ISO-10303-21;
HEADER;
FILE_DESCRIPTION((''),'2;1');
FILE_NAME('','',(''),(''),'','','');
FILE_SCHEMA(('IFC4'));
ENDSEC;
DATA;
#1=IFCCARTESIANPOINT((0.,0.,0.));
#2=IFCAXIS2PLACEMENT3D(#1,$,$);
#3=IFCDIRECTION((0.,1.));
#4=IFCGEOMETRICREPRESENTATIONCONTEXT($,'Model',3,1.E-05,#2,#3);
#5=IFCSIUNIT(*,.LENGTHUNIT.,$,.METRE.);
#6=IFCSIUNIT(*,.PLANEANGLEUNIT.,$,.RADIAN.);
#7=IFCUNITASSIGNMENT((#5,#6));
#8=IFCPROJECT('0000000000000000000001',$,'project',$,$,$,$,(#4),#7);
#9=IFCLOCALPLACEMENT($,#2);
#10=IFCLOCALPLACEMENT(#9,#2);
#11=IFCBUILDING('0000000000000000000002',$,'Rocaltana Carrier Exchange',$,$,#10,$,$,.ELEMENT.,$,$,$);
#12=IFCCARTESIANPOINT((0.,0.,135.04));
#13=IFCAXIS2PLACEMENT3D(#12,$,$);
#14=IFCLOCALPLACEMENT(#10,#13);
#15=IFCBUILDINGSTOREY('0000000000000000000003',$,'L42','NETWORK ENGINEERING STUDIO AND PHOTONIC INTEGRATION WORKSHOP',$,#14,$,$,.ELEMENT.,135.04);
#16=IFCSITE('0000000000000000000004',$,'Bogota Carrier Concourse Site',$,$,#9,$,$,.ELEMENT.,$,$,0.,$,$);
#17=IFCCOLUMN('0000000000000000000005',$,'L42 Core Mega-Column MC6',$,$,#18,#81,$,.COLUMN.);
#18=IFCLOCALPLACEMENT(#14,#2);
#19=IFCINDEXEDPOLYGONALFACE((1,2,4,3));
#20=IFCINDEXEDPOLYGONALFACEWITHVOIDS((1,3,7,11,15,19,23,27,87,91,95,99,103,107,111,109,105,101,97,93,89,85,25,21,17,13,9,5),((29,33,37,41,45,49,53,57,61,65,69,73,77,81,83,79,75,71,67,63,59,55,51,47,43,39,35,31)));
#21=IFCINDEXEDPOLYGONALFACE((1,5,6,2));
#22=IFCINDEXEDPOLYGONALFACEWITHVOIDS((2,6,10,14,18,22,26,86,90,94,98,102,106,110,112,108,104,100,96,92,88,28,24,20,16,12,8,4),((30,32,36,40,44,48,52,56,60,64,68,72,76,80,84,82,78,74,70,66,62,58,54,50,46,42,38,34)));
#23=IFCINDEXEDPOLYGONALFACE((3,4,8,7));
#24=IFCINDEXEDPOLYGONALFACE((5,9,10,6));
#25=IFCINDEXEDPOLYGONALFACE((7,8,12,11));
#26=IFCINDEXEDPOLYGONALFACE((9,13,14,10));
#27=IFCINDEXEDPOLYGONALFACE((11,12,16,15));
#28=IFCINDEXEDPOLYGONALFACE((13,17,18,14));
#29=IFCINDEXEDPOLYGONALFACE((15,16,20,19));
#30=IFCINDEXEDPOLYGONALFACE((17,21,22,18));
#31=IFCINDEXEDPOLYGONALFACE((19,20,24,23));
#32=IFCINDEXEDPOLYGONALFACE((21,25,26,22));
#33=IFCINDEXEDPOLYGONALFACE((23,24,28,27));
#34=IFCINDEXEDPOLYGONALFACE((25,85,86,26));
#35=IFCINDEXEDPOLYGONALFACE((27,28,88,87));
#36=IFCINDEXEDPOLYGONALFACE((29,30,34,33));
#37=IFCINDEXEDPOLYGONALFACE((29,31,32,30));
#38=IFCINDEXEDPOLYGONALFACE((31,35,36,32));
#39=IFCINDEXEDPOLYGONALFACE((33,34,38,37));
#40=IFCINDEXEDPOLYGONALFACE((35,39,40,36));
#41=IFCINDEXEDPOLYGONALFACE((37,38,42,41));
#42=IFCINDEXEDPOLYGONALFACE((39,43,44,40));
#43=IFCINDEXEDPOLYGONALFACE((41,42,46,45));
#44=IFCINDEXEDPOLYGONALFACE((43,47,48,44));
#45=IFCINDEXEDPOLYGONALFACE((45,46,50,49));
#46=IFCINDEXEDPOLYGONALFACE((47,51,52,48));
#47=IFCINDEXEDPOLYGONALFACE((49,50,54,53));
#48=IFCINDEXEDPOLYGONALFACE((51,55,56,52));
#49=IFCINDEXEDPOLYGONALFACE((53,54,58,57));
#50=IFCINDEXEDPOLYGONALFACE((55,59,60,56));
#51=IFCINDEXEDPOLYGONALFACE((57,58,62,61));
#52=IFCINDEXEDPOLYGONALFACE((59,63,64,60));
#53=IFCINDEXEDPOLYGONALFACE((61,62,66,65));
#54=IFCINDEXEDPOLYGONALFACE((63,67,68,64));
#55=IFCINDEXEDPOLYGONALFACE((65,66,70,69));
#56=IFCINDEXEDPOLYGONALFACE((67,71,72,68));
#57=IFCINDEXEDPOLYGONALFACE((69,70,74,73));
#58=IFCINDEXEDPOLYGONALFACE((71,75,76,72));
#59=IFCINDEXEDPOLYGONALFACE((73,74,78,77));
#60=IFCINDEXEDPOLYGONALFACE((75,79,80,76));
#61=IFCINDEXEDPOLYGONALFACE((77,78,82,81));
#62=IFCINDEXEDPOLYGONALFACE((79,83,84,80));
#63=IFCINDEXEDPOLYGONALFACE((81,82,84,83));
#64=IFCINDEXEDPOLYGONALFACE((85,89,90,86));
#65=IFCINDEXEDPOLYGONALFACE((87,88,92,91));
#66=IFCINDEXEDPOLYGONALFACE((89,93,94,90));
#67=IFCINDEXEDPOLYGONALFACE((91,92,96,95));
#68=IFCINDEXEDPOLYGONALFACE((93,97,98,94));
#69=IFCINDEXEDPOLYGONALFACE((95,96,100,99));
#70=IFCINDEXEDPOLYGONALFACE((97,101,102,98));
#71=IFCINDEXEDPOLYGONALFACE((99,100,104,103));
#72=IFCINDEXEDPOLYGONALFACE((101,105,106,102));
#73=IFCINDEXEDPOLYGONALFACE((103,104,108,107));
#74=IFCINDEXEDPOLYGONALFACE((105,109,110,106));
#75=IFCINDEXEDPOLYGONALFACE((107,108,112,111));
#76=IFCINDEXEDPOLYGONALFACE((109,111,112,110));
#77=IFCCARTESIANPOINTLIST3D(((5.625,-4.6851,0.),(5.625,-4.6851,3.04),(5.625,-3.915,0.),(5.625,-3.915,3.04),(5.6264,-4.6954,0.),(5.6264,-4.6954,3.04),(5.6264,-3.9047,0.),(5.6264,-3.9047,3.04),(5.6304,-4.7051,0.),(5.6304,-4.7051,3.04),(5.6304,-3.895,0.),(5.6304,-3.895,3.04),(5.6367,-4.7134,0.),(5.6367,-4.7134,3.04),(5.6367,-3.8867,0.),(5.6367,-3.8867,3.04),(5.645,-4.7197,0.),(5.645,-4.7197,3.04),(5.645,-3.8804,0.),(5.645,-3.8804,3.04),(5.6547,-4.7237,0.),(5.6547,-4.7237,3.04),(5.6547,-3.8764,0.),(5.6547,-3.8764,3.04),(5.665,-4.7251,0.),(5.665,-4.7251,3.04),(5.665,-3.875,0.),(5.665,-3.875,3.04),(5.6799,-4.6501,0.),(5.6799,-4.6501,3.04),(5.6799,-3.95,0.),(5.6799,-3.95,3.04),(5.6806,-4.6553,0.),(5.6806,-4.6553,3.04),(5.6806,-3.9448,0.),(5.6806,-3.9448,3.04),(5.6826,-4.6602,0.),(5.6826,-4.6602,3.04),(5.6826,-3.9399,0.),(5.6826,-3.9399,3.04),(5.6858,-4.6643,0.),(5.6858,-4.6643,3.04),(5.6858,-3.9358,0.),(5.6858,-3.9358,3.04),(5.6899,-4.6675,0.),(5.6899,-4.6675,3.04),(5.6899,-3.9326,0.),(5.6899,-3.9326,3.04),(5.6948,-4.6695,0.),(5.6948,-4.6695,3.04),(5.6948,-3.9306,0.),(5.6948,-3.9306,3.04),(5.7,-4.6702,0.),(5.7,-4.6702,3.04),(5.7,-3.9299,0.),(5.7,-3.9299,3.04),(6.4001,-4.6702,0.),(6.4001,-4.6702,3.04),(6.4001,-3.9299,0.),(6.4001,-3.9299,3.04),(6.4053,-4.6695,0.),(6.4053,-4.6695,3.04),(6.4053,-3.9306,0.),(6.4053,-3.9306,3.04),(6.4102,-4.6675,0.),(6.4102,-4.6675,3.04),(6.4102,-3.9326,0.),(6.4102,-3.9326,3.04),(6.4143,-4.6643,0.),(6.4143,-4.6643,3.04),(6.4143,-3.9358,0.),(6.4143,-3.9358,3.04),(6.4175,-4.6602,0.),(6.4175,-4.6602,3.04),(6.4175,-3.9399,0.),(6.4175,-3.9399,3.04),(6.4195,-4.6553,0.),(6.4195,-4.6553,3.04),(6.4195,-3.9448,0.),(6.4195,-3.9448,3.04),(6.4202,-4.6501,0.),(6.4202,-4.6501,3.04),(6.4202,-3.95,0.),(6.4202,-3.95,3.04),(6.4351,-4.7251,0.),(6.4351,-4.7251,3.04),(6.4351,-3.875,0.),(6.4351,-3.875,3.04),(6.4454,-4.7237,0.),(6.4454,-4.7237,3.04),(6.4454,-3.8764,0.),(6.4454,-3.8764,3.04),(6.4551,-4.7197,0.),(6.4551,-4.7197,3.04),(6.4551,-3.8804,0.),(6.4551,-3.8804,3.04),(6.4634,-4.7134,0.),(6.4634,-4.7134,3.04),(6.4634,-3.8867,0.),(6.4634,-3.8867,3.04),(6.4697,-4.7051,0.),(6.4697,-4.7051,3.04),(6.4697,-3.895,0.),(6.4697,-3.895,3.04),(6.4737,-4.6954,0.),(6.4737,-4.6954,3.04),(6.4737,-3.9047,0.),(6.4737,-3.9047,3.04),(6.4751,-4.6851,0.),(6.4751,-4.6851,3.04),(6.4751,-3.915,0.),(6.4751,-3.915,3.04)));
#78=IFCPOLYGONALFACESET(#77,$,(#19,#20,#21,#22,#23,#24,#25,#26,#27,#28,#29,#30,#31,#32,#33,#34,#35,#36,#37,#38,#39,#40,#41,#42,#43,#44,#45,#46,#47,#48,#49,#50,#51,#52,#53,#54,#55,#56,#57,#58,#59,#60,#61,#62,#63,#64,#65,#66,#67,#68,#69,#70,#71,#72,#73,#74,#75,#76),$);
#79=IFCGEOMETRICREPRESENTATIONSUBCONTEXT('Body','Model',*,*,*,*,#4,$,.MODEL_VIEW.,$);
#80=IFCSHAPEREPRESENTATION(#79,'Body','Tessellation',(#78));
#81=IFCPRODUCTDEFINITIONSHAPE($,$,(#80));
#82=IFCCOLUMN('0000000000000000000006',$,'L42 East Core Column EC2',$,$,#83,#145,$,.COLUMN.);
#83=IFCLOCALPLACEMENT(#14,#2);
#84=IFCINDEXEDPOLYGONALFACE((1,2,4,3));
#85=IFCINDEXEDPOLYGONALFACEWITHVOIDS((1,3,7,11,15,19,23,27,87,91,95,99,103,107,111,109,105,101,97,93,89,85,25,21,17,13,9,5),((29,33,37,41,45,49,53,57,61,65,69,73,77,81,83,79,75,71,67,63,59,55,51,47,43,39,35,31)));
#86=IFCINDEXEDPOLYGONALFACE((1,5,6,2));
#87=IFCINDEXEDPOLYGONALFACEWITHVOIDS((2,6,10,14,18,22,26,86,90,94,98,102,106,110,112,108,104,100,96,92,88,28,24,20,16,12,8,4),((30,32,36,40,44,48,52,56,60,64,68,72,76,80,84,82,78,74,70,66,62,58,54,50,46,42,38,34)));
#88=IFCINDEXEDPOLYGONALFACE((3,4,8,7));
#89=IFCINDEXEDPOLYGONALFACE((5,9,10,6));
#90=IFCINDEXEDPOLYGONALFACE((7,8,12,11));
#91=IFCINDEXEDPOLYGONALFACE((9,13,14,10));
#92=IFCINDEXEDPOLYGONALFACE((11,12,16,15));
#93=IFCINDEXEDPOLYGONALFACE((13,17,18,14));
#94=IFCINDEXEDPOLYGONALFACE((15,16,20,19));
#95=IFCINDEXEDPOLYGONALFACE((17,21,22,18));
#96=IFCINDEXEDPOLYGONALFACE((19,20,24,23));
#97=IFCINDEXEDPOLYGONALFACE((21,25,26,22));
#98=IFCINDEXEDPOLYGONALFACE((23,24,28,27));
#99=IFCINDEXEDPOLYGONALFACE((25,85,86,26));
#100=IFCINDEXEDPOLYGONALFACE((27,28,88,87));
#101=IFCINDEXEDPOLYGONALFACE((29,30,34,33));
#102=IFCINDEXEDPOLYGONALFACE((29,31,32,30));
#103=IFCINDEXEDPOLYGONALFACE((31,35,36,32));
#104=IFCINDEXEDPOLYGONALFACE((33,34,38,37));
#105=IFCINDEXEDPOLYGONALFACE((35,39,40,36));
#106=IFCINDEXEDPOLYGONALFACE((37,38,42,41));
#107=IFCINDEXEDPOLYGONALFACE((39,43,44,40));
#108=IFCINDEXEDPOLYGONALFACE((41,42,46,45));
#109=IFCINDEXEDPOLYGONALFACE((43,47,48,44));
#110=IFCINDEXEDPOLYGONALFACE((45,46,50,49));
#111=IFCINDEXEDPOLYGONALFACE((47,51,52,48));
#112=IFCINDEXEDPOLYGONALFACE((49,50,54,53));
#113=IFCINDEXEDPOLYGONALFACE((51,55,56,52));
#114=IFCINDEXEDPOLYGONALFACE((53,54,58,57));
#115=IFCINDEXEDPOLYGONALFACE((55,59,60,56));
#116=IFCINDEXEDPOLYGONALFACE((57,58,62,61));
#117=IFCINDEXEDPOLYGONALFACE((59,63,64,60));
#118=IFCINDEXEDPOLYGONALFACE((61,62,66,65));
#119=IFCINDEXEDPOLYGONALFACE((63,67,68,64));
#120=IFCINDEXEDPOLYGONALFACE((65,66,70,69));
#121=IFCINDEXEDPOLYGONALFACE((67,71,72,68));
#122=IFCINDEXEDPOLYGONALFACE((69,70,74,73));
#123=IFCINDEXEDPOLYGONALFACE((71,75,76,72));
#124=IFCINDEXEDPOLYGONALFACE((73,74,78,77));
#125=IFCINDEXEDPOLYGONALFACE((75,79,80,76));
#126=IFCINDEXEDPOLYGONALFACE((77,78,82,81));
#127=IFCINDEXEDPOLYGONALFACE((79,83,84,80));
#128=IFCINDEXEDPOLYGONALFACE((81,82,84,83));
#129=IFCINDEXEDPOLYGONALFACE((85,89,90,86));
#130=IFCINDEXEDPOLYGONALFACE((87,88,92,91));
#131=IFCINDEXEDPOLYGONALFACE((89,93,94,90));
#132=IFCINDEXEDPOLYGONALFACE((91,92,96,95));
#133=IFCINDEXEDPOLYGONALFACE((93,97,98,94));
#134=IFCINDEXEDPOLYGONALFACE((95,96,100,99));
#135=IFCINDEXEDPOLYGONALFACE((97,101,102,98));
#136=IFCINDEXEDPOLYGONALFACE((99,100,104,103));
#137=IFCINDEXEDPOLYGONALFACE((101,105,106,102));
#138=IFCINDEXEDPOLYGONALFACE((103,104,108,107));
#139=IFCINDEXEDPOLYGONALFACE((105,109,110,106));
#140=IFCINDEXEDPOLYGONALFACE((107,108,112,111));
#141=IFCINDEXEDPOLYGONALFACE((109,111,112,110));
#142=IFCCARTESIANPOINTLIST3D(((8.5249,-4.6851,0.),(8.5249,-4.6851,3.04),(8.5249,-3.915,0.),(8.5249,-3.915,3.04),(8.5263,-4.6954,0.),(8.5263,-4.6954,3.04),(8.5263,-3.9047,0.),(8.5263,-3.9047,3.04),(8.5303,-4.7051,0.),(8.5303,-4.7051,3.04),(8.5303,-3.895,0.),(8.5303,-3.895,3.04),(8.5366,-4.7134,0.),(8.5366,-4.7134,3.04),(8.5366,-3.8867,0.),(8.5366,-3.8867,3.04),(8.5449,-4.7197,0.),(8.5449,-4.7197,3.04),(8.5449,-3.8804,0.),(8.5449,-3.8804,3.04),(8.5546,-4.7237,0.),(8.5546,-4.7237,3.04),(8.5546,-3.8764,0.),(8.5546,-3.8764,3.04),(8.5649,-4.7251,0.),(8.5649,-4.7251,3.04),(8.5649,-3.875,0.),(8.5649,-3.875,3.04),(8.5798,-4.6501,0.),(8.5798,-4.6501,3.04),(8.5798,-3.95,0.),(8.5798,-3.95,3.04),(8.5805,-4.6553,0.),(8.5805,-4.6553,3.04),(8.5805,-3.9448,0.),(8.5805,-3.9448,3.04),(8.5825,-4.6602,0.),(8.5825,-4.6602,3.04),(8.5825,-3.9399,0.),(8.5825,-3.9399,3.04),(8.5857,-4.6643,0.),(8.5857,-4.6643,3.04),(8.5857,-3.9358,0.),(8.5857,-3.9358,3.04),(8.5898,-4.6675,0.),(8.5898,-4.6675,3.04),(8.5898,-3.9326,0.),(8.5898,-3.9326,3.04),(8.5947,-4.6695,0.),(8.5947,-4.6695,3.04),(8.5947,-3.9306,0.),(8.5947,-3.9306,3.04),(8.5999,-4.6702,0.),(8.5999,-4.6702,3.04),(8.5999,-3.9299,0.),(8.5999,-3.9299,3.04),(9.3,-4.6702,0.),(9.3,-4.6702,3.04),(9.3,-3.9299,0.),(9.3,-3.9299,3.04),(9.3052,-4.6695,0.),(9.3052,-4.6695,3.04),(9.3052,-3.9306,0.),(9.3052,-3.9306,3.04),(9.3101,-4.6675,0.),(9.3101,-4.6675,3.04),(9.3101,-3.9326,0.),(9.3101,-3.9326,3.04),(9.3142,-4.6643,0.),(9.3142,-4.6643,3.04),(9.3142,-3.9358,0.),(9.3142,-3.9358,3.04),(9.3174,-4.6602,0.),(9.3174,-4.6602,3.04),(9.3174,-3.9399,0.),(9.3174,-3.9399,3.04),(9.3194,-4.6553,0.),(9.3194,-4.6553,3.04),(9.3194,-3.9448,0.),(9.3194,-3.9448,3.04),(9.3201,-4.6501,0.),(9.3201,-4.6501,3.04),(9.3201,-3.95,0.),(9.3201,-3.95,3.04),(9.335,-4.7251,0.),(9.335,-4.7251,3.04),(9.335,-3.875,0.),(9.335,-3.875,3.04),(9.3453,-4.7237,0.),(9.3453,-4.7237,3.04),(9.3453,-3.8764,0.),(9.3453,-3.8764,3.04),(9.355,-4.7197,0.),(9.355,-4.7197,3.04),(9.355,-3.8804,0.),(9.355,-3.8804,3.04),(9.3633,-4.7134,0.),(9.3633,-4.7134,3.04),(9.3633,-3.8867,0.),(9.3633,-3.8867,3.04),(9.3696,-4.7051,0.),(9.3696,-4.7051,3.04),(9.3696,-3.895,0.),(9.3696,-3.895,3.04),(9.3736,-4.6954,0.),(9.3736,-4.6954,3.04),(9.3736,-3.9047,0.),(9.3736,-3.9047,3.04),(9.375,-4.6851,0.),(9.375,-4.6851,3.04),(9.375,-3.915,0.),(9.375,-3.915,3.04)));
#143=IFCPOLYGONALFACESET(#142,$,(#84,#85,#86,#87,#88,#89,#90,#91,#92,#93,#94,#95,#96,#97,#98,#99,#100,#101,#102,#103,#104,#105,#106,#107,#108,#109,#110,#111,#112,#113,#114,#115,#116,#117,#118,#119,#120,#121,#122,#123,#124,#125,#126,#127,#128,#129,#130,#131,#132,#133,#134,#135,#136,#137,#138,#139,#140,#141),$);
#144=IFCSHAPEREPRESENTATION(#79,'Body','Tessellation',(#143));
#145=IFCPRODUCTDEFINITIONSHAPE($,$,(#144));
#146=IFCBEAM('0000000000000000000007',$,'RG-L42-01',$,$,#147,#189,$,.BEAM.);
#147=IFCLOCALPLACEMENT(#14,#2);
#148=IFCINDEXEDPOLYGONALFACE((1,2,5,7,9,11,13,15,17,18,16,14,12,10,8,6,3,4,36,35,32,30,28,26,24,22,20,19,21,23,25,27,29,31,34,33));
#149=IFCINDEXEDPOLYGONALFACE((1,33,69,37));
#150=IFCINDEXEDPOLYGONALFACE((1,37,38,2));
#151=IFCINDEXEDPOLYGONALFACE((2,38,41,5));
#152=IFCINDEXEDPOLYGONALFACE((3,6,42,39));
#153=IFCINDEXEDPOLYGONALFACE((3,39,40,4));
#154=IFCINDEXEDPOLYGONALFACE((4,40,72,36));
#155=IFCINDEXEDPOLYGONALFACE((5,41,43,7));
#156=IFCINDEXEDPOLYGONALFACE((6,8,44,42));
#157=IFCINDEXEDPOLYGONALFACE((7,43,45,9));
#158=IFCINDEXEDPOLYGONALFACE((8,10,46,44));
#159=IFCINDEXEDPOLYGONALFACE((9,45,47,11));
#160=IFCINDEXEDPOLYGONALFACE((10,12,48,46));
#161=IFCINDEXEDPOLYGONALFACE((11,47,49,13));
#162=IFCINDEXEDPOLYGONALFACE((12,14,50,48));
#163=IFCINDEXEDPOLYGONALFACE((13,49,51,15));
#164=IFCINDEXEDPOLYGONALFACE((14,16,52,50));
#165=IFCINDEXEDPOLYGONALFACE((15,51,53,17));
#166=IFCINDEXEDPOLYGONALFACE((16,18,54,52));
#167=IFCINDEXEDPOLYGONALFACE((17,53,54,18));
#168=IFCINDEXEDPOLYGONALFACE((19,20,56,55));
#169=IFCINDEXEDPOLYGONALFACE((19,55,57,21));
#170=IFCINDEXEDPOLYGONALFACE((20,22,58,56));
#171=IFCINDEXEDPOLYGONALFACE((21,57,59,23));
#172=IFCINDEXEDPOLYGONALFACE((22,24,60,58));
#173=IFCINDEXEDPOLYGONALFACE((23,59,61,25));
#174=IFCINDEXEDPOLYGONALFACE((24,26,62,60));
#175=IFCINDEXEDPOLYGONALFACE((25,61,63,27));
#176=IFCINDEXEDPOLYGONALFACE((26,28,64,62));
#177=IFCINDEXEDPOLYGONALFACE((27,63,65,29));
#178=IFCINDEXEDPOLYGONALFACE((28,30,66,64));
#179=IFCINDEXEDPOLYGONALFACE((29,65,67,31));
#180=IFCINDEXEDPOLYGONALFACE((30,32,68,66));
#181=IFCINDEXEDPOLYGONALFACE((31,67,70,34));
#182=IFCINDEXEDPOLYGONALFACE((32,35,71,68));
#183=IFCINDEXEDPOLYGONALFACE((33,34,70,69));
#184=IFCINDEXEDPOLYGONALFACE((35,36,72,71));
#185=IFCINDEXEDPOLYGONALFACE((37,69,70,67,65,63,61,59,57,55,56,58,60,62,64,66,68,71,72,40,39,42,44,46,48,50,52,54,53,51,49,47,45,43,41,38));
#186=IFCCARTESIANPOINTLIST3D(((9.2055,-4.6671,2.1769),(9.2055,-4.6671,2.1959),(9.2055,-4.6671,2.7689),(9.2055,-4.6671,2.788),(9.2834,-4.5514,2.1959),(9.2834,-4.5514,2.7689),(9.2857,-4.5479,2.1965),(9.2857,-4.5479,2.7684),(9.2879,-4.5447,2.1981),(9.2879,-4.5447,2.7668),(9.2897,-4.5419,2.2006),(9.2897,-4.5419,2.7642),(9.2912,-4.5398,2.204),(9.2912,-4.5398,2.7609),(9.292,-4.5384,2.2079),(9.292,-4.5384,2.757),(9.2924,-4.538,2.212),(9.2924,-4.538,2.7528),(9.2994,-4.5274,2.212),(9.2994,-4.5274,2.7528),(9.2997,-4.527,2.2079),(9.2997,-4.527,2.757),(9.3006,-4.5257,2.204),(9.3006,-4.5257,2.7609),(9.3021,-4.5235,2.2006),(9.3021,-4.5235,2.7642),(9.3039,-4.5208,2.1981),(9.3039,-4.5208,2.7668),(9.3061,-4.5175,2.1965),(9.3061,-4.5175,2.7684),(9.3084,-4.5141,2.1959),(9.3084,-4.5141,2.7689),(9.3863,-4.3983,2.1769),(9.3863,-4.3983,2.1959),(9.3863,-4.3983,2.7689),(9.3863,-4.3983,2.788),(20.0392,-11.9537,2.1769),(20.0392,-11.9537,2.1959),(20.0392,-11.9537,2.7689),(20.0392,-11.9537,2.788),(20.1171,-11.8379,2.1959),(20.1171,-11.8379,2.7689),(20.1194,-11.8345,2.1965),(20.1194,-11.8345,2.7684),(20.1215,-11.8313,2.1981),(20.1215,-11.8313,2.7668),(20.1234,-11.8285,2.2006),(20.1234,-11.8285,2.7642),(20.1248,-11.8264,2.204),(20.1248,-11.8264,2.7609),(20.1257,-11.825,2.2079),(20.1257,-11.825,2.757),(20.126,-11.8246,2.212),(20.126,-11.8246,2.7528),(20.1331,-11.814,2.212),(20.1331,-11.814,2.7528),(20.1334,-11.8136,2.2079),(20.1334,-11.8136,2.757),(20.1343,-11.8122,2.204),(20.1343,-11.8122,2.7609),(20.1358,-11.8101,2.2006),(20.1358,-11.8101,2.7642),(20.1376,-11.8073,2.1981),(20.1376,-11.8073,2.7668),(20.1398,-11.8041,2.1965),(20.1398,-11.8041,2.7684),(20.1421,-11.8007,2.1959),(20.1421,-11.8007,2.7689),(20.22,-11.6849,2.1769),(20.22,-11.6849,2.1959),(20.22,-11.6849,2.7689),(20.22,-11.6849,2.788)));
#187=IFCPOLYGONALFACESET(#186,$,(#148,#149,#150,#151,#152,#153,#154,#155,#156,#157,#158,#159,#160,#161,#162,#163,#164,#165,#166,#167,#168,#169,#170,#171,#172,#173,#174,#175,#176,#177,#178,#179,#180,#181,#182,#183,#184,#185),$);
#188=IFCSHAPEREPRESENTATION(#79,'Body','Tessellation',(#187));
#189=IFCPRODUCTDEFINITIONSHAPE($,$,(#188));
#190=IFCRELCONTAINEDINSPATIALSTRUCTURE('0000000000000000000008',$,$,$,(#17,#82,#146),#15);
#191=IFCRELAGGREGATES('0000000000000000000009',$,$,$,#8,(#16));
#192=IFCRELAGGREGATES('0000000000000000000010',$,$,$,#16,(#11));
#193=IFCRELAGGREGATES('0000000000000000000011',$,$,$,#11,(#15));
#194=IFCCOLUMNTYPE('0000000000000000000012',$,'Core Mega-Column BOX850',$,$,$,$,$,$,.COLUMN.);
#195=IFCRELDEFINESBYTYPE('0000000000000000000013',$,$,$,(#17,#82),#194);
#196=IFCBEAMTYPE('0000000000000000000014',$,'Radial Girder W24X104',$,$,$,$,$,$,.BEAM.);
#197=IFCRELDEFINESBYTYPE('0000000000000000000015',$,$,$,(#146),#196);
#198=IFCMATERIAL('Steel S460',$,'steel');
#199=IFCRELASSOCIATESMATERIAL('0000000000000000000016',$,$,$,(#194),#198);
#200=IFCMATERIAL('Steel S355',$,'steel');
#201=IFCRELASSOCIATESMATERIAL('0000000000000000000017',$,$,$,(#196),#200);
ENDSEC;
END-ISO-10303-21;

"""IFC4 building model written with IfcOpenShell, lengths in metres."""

from ifc_helpers import new_model, si_unit, direction, frame, origin, origin_2d, place, context, subcontext, project, spatial, hollow_rectangle, i_section, extrude, material, material_profile, profile_set, type_object, element, save


model = new_model("IFC4")

# Units and contexts
model_context = context("Model", 3, precision=1e-05, world=origin(), true_north=direction((0.0, 1.0)))
body_context = subcontext(model_context, "Body", "Model", "MODEL_VIEW")
ifc_project = project(units=[si_unit("LENGTHUNIT", "METRE"), si_unit("PLANEANGLEUNIT", "RADIAN")], contexts=[model_context])

# Site, building, storey
site_placement = place(None, origin())
site = spatial("IfcSite", under=ifc_project, at=site_placement, Name="Bogota Carrier Concourse Site", CompositionType="ELEMENT", RefElevation=0.0)
building_placement = place(site_placement, origin())
building = spatial("IfcBuilding", under=site, at=building_placement, Name="Rocaltana Carrier Exchange", CompositionType="ELEMENT")
storey_placement = place(building_placement, frame((0.0, 0.0, 135.04)))
storey = spatial("IfcBuildingStorey", under=building, at=storey_placement, Name="L42", Description="NETWORK ENGINEERING STUDIO AND PHOTONIC INTEGRATION WORKSHOP", CompositionType="ELEMENT", Elevation=135.04)

# Columns
ifc_material_1 = material(Name="Steel S460", Category="steel")
ifc_material_profile_1 = material_profile(ifc_material_1, hollow_rectangle(XDim=0.8501, YDim=0.8501, WallThickness=0.0549, InnerFilletRadius=0.02, OuterFilletRadius=0.04, at=origin_2d()), Name="BOX850X850X55")
ifc_profile_set_1 = profile_set([ifc_material_profile_1], Name="Steel S460")
column_type = type_object("IfcColumnType", Name="Core Mega-Column BOX850", PredefinedType="COLUMN", material=ifc_profile_set_1)
for number, where, z_axis, x_axis, name in (
    (1, (6.05, -4.3, 0.0), (0.0, 0.0, 1.0), (1.0, 0.0, 0.0), "L42 Core Mega-Column MC6"),
    (2, (8.95, -4.3, 0.0), (0.0, 0.0, 1.0), (1.0, 0.0, 0.0), "L42 East Core Column EC2"),
):
    element("IfcColumn", number, at=place(storey_placement, frame(where, z_axis=z_axis, x_axis=x_axis)), inside=storey, type_object=column_type, Name=name, PredefinedType="COLUMN", context=body_context, shape_type="SweptSolid", body=[
        extrude(hollow_rectangle(XDim=0.8501, YDim=0.8501, WallThickness=0.0549, InnerFilletRadius=0.02, OuterFilletRadius=0.04, at=origin_2d()), origin(), (0.0, 0.0, 1.0), 3.04),
    ])

# Beam
ifc_material_2 = material(Name="Steel S355", Category="steel")
ifc_material_profile_2 = material_profile(ifc_material_2, i_section(OverallWidth=0.324, OverallDepth=0.6111, WebThickness=0.0127, FlangeThickness=0.019, FilletRadius=0.0161, at=origin_2d()), Name="W24X104")
ifc_profile_set_2 = profile_set([ifc_material_profile_2], Name="Steel S355")
beam_type = type_object("IfcBeamType", Name="Radial Girder W24X104", PredefinedType="BEAM", material=ifc_profile_set_2)
beam_1_placement = place(storey_placement, frame((9.2959, -4.5327, 2.4824), z_axis=(0.829776, -0.558096, 0.0), x_axis=(0.558096, 0.829776, 0.0)))
element("IfcBeam", 3, at=beam_1_placement, inside=storey, type_object=beam_type, Name="RG-L42-01", PredefinedType="BEAM", context=body_context, shape_type="SweptSolid", body=[
    extrude(i_section(OverallWidth=0.324, OverallDepth=0.6111, WebThickness=0.0127, FlangeThickness=0.019, FilletRadius=0.0161, at=origin_2d()), origin(), (0.0, 0.0, 1.0), 13.0562),
])

save(model, "model.ifc")
